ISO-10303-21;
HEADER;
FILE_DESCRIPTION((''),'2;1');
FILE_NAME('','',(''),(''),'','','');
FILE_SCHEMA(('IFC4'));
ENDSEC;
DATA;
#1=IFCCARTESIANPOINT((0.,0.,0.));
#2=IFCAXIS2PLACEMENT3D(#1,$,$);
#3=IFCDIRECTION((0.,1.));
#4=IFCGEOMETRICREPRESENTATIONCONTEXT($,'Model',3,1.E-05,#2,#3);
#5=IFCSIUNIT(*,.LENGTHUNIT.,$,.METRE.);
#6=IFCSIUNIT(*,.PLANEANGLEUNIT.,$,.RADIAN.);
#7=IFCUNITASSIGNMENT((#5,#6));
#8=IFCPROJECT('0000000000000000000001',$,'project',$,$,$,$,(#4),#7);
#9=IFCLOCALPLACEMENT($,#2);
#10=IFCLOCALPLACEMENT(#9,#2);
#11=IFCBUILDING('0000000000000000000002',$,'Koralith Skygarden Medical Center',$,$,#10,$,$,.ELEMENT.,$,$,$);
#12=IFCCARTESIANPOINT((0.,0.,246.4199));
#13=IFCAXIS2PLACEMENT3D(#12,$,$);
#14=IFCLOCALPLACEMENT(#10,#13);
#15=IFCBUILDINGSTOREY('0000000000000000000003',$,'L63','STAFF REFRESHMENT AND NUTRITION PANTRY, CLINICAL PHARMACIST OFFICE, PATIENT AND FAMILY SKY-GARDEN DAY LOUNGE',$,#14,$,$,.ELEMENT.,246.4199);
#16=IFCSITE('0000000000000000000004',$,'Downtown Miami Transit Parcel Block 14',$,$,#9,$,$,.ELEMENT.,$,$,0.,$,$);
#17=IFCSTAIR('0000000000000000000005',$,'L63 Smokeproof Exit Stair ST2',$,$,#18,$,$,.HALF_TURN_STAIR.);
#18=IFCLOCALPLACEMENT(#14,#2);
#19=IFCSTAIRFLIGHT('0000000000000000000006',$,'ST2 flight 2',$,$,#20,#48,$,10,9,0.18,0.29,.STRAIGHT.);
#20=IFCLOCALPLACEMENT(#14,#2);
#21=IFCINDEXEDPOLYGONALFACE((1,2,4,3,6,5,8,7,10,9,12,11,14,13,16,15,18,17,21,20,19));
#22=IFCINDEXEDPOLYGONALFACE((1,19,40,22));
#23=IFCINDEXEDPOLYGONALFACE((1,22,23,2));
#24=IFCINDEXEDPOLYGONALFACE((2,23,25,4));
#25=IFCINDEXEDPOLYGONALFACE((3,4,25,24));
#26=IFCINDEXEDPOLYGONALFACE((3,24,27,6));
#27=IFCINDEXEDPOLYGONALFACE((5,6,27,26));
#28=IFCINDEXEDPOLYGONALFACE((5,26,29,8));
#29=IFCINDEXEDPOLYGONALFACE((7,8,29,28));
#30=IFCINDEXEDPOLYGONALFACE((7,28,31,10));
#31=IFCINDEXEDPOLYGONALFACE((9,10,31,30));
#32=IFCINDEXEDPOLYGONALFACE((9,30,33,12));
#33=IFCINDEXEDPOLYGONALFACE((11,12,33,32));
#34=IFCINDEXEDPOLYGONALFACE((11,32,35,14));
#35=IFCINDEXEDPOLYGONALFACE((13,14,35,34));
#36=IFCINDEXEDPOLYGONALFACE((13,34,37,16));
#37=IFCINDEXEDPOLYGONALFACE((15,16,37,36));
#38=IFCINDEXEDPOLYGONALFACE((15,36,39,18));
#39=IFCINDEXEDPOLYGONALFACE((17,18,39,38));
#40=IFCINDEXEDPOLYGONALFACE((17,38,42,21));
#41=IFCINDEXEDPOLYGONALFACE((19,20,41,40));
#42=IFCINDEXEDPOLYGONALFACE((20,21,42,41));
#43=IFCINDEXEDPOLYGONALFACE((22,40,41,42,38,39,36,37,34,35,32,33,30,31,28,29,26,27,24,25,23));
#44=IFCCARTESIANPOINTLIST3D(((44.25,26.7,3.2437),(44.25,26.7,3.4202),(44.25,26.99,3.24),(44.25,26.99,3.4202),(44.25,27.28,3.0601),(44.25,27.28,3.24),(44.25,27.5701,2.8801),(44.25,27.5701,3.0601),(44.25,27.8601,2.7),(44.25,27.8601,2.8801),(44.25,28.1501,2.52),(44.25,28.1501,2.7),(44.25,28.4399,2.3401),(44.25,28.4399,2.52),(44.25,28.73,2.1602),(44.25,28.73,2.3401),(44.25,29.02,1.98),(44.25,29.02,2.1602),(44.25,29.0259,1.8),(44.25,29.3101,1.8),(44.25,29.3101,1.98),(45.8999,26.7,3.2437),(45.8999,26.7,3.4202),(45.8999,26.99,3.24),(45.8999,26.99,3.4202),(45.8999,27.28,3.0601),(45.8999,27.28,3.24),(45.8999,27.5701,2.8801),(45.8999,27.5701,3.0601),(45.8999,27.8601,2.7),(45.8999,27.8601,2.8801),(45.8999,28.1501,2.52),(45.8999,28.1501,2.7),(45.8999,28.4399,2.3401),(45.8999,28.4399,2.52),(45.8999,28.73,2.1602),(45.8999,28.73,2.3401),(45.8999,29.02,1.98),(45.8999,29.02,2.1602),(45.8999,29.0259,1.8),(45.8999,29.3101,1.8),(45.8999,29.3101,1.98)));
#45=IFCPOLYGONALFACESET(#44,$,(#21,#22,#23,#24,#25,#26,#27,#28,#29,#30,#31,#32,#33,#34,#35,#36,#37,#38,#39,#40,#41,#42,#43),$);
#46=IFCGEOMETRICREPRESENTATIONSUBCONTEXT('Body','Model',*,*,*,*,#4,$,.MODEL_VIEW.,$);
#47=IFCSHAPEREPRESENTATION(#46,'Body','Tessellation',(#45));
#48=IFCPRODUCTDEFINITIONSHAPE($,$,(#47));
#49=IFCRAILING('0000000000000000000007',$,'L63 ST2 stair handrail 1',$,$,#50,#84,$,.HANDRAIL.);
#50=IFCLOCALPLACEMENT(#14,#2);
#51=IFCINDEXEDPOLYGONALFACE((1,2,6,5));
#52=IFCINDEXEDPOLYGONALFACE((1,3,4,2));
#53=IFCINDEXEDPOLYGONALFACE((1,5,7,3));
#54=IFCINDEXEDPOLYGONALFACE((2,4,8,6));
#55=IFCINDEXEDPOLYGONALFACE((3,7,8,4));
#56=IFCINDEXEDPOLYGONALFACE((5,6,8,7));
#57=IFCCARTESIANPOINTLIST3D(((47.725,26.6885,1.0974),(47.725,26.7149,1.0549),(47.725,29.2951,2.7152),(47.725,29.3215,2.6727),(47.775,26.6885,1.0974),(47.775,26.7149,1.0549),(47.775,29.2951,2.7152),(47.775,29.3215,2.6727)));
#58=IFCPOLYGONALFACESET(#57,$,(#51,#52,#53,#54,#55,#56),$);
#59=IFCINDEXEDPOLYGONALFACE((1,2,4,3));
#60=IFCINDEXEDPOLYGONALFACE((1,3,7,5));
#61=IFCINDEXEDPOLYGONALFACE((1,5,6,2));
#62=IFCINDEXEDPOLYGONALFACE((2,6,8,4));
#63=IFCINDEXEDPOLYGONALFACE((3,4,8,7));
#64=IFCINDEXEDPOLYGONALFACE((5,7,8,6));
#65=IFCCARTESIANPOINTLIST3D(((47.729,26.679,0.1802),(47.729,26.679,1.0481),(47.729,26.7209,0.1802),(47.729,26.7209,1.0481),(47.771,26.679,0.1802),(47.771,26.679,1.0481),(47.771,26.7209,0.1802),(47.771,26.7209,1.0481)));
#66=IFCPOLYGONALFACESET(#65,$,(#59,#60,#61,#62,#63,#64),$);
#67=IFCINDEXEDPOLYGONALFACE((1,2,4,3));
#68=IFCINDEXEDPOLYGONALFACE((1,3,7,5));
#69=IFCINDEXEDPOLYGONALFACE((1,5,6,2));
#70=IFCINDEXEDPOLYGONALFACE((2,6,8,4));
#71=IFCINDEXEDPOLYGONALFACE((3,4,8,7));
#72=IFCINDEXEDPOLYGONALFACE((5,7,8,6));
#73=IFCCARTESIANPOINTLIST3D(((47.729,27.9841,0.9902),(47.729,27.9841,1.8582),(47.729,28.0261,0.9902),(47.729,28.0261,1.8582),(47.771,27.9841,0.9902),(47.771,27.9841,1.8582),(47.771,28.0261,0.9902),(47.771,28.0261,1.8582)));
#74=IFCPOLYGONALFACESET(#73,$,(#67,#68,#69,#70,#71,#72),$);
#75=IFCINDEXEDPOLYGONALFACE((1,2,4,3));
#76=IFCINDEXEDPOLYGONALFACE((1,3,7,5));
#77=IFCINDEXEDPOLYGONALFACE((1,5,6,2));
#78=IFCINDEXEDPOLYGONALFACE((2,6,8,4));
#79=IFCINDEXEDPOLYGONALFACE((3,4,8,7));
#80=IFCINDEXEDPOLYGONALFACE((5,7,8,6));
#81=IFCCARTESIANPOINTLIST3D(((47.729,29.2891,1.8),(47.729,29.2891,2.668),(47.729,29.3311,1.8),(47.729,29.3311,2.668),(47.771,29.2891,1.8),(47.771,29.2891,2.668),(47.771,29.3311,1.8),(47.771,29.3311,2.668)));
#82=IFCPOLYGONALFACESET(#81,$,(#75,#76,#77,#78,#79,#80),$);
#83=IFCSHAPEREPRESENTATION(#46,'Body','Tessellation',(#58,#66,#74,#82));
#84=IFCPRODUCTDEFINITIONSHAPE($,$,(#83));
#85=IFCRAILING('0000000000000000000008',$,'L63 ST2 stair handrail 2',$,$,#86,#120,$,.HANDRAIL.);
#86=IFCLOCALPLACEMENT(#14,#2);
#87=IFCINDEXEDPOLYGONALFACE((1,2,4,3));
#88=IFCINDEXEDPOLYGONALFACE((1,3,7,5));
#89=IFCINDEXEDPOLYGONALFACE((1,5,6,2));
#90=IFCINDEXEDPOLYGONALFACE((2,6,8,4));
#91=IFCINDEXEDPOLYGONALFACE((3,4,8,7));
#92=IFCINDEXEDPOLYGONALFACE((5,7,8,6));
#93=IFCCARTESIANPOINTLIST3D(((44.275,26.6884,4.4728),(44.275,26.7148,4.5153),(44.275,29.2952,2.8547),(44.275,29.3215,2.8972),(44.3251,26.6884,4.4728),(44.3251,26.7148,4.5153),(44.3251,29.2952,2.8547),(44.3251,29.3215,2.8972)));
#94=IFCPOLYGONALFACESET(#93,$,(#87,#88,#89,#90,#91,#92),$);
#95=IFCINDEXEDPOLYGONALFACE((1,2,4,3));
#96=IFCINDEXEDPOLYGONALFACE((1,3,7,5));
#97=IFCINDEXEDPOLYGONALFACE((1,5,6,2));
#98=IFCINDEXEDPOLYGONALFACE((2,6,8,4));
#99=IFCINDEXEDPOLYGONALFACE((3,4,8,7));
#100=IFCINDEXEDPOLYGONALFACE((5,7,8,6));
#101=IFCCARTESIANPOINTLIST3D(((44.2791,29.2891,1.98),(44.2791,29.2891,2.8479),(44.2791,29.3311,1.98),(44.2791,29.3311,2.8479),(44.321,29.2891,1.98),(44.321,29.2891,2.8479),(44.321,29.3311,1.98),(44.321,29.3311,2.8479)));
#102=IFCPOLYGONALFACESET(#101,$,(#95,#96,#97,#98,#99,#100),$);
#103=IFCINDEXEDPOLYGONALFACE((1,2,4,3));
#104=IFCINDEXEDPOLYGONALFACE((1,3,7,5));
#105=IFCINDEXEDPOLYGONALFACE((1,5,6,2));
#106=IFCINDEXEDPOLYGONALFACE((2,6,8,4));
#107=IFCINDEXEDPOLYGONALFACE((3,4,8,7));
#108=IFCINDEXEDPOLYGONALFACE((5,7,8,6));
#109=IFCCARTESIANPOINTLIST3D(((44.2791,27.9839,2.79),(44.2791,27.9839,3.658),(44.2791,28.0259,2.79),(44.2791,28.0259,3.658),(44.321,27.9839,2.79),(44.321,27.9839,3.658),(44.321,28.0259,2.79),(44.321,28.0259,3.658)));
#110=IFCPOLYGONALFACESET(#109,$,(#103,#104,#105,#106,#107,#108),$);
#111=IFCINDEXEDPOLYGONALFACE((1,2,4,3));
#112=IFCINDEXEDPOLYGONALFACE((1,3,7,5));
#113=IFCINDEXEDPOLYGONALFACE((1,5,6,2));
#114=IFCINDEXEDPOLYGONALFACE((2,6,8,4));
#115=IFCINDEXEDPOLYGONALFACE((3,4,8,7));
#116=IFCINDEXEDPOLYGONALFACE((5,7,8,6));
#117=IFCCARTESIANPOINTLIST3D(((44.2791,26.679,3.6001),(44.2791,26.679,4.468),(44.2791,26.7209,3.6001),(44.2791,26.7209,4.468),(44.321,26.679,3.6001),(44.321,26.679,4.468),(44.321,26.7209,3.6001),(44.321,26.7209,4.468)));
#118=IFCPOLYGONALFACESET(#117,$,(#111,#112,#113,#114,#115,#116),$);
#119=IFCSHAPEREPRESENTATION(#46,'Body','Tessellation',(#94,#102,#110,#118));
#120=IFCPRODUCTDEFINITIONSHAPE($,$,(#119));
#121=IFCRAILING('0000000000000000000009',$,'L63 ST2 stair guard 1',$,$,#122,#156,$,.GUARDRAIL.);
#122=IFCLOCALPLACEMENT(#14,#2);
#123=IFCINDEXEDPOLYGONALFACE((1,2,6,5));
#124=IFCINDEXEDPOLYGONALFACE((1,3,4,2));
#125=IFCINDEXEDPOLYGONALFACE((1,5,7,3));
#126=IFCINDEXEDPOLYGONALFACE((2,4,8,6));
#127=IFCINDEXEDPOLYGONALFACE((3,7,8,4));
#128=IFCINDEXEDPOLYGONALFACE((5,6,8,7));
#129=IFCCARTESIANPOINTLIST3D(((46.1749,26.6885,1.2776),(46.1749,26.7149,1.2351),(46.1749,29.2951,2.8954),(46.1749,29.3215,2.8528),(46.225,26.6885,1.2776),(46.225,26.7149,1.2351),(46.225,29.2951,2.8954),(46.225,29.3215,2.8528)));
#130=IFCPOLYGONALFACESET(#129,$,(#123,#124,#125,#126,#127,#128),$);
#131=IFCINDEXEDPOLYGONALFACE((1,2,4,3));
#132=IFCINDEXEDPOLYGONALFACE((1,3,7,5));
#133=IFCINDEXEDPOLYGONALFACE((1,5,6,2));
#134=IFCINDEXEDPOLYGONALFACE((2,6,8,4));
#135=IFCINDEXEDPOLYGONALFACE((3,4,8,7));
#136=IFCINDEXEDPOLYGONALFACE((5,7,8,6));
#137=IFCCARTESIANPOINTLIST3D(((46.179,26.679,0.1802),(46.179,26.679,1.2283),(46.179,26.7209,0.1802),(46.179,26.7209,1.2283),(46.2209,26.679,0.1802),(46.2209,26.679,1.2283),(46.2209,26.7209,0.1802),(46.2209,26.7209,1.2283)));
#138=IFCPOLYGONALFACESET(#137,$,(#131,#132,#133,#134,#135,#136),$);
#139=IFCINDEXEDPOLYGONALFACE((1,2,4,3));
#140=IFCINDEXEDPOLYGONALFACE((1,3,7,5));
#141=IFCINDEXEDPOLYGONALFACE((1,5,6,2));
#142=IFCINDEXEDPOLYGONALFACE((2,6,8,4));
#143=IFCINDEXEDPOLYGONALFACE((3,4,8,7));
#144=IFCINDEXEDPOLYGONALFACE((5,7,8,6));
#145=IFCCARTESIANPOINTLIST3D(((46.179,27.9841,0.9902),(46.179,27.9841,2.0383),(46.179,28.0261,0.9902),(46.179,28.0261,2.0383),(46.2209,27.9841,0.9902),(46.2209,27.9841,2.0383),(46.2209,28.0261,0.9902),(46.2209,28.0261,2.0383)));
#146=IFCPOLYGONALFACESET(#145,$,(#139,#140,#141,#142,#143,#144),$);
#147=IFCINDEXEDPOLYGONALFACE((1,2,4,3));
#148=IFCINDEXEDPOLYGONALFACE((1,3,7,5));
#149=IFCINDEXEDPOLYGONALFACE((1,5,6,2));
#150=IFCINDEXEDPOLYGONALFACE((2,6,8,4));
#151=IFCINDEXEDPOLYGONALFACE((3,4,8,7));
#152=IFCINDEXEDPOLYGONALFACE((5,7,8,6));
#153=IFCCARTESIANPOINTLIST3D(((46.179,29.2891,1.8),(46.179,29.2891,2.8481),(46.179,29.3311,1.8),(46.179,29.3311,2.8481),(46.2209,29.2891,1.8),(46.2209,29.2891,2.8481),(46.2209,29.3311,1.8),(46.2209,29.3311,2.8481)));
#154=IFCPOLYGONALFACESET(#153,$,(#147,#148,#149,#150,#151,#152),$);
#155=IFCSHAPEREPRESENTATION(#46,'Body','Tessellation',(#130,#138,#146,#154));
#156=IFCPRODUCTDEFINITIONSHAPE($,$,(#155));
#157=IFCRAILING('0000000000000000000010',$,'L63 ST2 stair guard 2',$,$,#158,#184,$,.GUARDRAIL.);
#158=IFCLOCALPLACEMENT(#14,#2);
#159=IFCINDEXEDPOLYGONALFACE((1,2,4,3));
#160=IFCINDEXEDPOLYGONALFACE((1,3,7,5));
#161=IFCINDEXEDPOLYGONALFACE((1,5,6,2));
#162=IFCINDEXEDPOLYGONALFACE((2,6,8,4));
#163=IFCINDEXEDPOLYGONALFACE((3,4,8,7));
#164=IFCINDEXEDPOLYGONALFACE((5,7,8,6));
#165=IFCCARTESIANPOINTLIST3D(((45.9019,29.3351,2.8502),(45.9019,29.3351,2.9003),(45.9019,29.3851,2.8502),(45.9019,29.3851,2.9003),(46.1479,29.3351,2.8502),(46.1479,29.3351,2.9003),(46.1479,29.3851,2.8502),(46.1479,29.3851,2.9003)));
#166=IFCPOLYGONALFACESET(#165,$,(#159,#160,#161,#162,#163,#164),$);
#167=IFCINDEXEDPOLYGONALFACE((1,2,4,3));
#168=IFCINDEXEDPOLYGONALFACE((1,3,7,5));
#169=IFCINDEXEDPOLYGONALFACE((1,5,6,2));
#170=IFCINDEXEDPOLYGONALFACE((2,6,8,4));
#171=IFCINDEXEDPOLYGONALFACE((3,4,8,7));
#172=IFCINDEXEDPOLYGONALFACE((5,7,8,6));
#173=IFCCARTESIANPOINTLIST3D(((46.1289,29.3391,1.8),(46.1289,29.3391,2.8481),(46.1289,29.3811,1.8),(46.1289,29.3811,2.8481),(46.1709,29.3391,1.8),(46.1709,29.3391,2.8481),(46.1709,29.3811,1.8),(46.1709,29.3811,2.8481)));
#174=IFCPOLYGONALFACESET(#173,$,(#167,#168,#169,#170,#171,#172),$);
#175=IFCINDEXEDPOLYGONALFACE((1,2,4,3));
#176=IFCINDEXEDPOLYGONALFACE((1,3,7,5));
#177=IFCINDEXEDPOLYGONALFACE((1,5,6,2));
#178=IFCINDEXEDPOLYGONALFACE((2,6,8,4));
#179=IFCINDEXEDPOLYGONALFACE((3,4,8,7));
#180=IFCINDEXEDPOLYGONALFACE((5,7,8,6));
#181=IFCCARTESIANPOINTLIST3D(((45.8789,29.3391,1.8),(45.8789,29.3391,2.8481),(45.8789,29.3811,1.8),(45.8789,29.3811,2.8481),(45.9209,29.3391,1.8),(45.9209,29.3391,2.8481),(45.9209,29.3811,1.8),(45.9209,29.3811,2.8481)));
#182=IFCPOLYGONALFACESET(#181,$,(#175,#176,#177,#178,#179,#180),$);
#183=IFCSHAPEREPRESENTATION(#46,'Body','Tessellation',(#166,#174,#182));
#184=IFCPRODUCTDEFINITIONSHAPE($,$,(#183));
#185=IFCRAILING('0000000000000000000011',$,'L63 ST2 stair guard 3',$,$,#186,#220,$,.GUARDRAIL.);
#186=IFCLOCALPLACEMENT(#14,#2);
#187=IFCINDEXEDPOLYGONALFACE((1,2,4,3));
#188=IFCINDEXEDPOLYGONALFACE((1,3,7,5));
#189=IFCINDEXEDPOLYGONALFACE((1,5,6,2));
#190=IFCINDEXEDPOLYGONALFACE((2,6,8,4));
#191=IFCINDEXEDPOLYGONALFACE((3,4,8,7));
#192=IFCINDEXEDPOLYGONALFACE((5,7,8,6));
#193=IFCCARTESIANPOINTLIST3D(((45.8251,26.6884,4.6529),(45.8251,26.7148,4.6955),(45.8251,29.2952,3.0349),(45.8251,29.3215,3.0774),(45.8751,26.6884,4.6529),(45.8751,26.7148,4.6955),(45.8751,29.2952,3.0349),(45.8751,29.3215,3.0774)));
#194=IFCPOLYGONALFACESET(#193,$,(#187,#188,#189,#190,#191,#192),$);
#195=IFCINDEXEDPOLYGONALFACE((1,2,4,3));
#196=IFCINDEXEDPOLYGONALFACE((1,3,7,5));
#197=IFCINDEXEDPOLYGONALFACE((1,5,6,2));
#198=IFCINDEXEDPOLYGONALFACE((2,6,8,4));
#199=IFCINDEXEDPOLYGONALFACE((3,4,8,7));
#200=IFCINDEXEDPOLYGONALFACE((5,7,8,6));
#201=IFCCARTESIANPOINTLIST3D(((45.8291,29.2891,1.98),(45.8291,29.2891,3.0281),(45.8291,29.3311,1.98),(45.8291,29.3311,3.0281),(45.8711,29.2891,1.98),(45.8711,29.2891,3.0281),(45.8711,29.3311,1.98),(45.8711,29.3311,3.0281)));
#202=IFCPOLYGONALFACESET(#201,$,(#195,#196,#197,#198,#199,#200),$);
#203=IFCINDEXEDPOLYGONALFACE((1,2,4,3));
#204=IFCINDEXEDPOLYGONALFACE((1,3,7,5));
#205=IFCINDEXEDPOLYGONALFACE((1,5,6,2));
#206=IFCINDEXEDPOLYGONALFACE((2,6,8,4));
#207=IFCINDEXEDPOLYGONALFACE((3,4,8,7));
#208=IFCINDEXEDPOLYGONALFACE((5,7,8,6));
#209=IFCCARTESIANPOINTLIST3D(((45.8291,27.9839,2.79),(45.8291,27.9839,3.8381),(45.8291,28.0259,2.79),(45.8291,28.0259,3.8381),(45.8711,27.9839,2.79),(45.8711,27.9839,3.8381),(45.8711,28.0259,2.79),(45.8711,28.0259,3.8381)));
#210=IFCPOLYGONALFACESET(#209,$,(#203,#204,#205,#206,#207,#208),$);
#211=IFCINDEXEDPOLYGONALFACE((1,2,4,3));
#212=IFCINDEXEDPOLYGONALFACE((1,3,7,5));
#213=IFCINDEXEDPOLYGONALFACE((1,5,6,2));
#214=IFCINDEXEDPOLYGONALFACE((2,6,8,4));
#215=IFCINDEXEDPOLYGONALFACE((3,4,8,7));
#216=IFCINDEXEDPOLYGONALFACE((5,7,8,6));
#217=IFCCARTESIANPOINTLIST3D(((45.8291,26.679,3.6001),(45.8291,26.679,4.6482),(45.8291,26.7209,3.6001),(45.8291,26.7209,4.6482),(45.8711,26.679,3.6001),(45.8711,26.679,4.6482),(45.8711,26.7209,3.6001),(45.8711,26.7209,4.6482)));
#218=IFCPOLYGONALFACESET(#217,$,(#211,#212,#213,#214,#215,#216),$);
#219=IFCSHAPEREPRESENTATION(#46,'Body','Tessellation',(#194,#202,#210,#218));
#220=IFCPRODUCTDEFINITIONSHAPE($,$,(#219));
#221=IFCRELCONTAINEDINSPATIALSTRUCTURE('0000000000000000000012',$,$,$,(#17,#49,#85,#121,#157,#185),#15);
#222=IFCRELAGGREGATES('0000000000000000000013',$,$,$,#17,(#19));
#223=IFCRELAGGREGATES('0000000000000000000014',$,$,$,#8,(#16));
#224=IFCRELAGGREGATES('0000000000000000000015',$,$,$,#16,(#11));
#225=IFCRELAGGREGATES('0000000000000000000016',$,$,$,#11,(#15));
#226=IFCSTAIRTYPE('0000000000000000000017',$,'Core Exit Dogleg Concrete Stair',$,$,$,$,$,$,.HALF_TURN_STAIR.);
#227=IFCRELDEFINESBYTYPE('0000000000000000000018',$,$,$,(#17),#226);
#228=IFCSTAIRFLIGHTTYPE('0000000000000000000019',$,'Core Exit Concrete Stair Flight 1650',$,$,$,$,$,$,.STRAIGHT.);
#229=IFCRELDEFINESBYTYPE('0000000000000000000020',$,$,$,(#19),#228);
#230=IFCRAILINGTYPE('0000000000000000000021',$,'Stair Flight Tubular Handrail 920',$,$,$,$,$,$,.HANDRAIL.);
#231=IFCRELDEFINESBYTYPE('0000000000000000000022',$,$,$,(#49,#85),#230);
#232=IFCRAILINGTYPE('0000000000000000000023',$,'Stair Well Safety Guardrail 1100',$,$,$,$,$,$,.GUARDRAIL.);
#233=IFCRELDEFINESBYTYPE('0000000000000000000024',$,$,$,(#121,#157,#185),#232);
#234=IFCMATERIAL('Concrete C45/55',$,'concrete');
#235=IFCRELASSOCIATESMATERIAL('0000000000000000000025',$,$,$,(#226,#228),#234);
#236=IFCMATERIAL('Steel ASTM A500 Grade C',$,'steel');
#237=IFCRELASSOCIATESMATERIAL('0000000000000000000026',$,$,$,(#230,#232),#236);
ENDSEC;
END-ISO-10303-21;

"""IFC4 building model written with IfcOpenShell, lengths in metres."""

from ifc_helpers import new_model, si_unit, direction, frame, origin, origin_2d, place, context, subcontext, project, spatial, polyline, rectangle, outline, extrude, material, type_object, element, aggregate, save


model = new_model("IFC4")

# Units and contexts
model_context = context("Model", 3, precision=1e-05, world=origin(), true_north=direction((0.0, 1.0)))
body_context = subcontext(model_context, "Body", "Model", "MODEL_VIEW")
ifc_project = project(units=[si_unit("LENGTHUNIT", "METRE"), si_unit("PLANEANGLEUNIT", "RADIAN")], contexts=[model_context])

# Site, building, storey
site_placement = place(None, origin())
site = spatial("IfcSite", under=ifc_project, at=site_placement, Name="Downtown Miami Transit Parcel Block 14", CompositionType="ELEMENT", RefElevation=0.0)
building_placement = place(site_placement, origin())
building = spatial("IfcBuilding", under=site, at=building_placement, Name="Koralith Skygarden Medical Center", CompositionType="ELEMENT")
storey_placement = place(building_placement, frame((0.0, 0.0, 246.4199)))
storey = spatial("IfcBuildingStorey", under=building, at=storey_placement, Name="L63", Description="STAFF REFRESHMENT AND NUTRITION PANTRY, CLINICAL PHARMACIST OFFICE, PATIENT AND FAMILY SKY-GARDEN DAY LOUNGE", CompositionType="ELEMENT", Elevation=246.4199)

# Shared definitions
ifc_material_1 = material(Name="Concrete C45/55", Category="concrete")

# Shared definitions
ifc_material_2 = material(Name="Steel ASTM A500 Grade C", Category="steel")

# Stair, stair flight
stair_type = type_object("IfcStairType", Name="Core Exit Dogleg Concrete Stair", PredefinedType="HALF_TURN_STAIR", material=ifc_material_1)
stair_placement = place(storey_placement, origin())
stair = element("IfcStair", 1, at=stair_placement, inside=storey, type_object=stair_type, Name="L63 Smokeproof Exit Stair ST2", PredefinedType="HALF_TURN_STAIR")
stair_flight_type = type_object("IfcStairFlightType", Name="Core Exit Concrete Stair Flight 1650", PredefinedType="STRAIGHT", material=ifc_material_1)
stair_flight_1_placement = place(storey_placement, frame((45.075, 29.3101, 1.8), z_axis=(0.0, 0.0, 1.0), x_axis=(0.0, -1.0, 0.0)))
stair_flight_1 = element("IfcStairFlight", 2, at=stair_flight_1_placement, type_object=stair_flight_type, Name="ST2 flight 2", NumberOfRisers=10, NumberOfTreads=9, PredefinedType="STRAIGHT", RiserHeight=0.18, TreadLength=0.29, context=body_context, shape_type="SweptSolid", body=[
    extrude(outline(polyline([(0.0, 0.0), (0.0, 0.1799), (0.29, 0.1799), (0.29, 0.3601), (0.5801, 0.3601), (0.5801, 0.54), (0.8701, 0.54), (0.8701, 0.72), (1.1599, 0.72), (1.1599, 0.8999), (1.45, 0.8999), (1.45, 1.0801), (1.74, 1.0801), (1.74, 1.26), (2.03, 1.26), (2.03, 1.4399), (2.3201, 1.4399), (2.3201, 1.6201), (2.6101, 1.6201), (2.6101, 1.8), (2.6101, 1.4436), (0.2842, 0.0), (0.0, 0.0)])), frame((0.0, 0.825, 0.0), z_axis=(0.0, -1.0, 0.0), x_axis=(1.0, 0.0, 0.0)), (0.0, 0.0, 1.0), 1.6499),
])
aggregate(stair, [stair_flight_1])

# Railings
railing_type_1 = type_object("IfcRailingType", Name="Stair Flight Tubular Handrail 920", PredefinedType="HANDRAIL", material=ifc_material_2)
railing_1_placement = place(storey_placement, frame((47.75, 26.7, 0.1802)))
element("IfcRailing", 3, at=railing_1_placement, inside=storey, type_object=railing_type_1, Name="L63 ST2 stair handrail 1", PredefinedType="HANDRAIL", context=body_context, shape_type="SweptSolid", body=[
    extrude(rectangle(XDim=0.05, YDim=0.05, at=origin_2d()), frame((0.0, 0.0017, 0.896), z_axis=(0.0, 0.849668, 0.527317), x_axis=(-1.0, 0.0, 0.0)), (0.0, 0.0, 1.0), 3.0679),
    extrude(rectangle(XDim=0.042, YDim=0.042, at=origin_2d()), origin(), (0.0, 0.0, 1.0), 0.8679),
    extrude(rectangle(XDim=0.042, YDim=0.042, at=origin_2d()), frame((0.0, 1.3052, 0.8101)), (0.0, 0.0, 1.0), 0.8679),
    extrude(rectangle(XDim=0.042, YDim=0.042, at=origin_2d()), frame((0.0, 2.6101, 1.6199)), (0.0, 0.0, 1.0), 0.8679),
])
railing_2_placement = place(storey_placement, frame((44.3, 29.3101, 1.98)))
element("IfcRailing", 4, at=railing_2_placement, inside=storey, type_object=railing_type_1, Name="L63 ST2 stair handrail 2", PredefinedType="HANDRAIL", context=body_context, shape_type="SweptSolid", body=[
    extrude(rectangle(XDim=0.05, YDim=0.05, at=origin_2d()), frame((0.0, -0.0017, 0.896), z_axis=(0.0, -0.849633, 0.527375), x_axis=(1.0, 0.0, 0.0)), (0.0, 0.0, 1.0), 3.0681),
    extrude(rectangle(XDim=0.042, YDim=0.042, at=origin_2d()), origin(), (0.0, 0.0, 1.0), 0.8679),
    extrude(rectangle(XDim=0.042, YDim=0.042, at=origin_2d()), frame((0.0, -1.3052, 0.8101)), (0.0, 0.0, 1.0), 0.8679),
    extrude(rectangle(XDim=0.042, YDim=0.042, at=origin_2d()), frame((0.0, -2.6101, 1.6201)), (0.0, 0.0, 1.0), 0.8679),
])
railing_type_2 = type_object("IfcRailingType", Name="Stair Well Safety Guardrail 1100", PredefinedType="GUARDRAIL", material=ifc_material_2)
railing_3_placement = place(storey_placement, frame((46.2, 26.7, 0.1802)))
element("IfcRailing", 5, at=railing_3_placement, inside=storey, type_object=railing_type_2, Name="L63 ST2 stair guard 1", PredefinedType="GUARDRAIL", context=body_context, shape_type="SweptSolid", body=[
    extrude(rectangle(XDim=0.05, YDim=0.05, at=origin_2d()), frame((0.0, 0.0017, 1.0762), z_axis=(0.0, 0.849668, 0.527317), x_axis=(-1.0, 0.0, 0.0)), (0.0, 0.0, 1.0), 3.0679),
    extrude(rectangle(XDim=0.042, YDim=0.042, at=origin_2d()), origin(), (0.0, 0.0, 1.0), 1.0481),
    extrude(rectangle(XDim=0.042, YDim=0.042, at=origin_2d()), frame((0.0, 1.3052, 0.8101)), (0.0, 0.0, 1.0), 1.0481),
    extrude(rectangle(XDim=0.042, YDim=0.042, at=origin_2d()), frame((0.0, 2.6101, 1.6199)), (0.0, 0.0, 1.0), 1.0481),
])
railing_4_placement = place(storey_placement, frame((46.1499, 29.3601, 1.8)))
element("IfcRailing", 6, at=railing_4_placement, inside=storey, type_object=railing_type_2, Name="L63 ST2 stair guard 2", PredefinedType="GUARDRAIL", context=body_context, shape_type="SweptSolid", body=[
    extrude(rectangle(XDim=0.05, YDim=0.05, at=origin_2d()), frame((-0.002, 0.0, 1.0752), z_axis=(-1.0, 0.0, 0.0), x_axis=(0.0, -1.0, 0.0)), (0.0, 0.0, 1.0), 0.2461),
    extrude(rectangle(XDim=0.042, YDim=0.042, at=origin_2d()), origin(), (0.0, 0.0, 1.0), 1.0481),
    extrude(rectangle(XDim=0.042, YDim=0.042, at=origin_2d()), frame((-0.25, 0.0, 0.0)), (0.0, 0.0, 1.0), 1.0481),
])
railing_5_placement = place(storey_placement, frame((45.8501, 29.3101, 1.98)))
element("IfcRailing", 7, at=railing_5_placement, inside=storey, type_object=railing_type_2, Name="L63 ST2 stair guard 3", PredefinedType="GUARDRAIL", context=body_context, shape_type="SweptSolid", body=[
    extrude(rectangle(XDim=0.05, YDim=0.05, at=origin_2d()), frame((0.0, -0.0017, 1.0762), z_axis=(0.0, -0.849633, 0.527375), x_axis=(1.0, 0.0, 0.0)), (0.0, 0.0, 1.0), 3.0681),
    extrude(rectangle(XDim=0.042, YDim=0.042, at=origin_2d()), origin(), (0.0, 0.0, 1.0), 1.0481),
    extrude(rectangle(XDim=0.042, YDim=0.042, at=origin_2d()), frame((0.0, -1.3052, 0.8101)), (0.0, 0.0, 1.0), 1.0481),
    extrude(rectangle(XDim=0.042, YDim=0.042, at=origin_2d()), frame((0.0, -2.6101, 1.6201)), (0.0, 0.0, 1.0), 1.0481),
])

save(model, "model.ifc")
